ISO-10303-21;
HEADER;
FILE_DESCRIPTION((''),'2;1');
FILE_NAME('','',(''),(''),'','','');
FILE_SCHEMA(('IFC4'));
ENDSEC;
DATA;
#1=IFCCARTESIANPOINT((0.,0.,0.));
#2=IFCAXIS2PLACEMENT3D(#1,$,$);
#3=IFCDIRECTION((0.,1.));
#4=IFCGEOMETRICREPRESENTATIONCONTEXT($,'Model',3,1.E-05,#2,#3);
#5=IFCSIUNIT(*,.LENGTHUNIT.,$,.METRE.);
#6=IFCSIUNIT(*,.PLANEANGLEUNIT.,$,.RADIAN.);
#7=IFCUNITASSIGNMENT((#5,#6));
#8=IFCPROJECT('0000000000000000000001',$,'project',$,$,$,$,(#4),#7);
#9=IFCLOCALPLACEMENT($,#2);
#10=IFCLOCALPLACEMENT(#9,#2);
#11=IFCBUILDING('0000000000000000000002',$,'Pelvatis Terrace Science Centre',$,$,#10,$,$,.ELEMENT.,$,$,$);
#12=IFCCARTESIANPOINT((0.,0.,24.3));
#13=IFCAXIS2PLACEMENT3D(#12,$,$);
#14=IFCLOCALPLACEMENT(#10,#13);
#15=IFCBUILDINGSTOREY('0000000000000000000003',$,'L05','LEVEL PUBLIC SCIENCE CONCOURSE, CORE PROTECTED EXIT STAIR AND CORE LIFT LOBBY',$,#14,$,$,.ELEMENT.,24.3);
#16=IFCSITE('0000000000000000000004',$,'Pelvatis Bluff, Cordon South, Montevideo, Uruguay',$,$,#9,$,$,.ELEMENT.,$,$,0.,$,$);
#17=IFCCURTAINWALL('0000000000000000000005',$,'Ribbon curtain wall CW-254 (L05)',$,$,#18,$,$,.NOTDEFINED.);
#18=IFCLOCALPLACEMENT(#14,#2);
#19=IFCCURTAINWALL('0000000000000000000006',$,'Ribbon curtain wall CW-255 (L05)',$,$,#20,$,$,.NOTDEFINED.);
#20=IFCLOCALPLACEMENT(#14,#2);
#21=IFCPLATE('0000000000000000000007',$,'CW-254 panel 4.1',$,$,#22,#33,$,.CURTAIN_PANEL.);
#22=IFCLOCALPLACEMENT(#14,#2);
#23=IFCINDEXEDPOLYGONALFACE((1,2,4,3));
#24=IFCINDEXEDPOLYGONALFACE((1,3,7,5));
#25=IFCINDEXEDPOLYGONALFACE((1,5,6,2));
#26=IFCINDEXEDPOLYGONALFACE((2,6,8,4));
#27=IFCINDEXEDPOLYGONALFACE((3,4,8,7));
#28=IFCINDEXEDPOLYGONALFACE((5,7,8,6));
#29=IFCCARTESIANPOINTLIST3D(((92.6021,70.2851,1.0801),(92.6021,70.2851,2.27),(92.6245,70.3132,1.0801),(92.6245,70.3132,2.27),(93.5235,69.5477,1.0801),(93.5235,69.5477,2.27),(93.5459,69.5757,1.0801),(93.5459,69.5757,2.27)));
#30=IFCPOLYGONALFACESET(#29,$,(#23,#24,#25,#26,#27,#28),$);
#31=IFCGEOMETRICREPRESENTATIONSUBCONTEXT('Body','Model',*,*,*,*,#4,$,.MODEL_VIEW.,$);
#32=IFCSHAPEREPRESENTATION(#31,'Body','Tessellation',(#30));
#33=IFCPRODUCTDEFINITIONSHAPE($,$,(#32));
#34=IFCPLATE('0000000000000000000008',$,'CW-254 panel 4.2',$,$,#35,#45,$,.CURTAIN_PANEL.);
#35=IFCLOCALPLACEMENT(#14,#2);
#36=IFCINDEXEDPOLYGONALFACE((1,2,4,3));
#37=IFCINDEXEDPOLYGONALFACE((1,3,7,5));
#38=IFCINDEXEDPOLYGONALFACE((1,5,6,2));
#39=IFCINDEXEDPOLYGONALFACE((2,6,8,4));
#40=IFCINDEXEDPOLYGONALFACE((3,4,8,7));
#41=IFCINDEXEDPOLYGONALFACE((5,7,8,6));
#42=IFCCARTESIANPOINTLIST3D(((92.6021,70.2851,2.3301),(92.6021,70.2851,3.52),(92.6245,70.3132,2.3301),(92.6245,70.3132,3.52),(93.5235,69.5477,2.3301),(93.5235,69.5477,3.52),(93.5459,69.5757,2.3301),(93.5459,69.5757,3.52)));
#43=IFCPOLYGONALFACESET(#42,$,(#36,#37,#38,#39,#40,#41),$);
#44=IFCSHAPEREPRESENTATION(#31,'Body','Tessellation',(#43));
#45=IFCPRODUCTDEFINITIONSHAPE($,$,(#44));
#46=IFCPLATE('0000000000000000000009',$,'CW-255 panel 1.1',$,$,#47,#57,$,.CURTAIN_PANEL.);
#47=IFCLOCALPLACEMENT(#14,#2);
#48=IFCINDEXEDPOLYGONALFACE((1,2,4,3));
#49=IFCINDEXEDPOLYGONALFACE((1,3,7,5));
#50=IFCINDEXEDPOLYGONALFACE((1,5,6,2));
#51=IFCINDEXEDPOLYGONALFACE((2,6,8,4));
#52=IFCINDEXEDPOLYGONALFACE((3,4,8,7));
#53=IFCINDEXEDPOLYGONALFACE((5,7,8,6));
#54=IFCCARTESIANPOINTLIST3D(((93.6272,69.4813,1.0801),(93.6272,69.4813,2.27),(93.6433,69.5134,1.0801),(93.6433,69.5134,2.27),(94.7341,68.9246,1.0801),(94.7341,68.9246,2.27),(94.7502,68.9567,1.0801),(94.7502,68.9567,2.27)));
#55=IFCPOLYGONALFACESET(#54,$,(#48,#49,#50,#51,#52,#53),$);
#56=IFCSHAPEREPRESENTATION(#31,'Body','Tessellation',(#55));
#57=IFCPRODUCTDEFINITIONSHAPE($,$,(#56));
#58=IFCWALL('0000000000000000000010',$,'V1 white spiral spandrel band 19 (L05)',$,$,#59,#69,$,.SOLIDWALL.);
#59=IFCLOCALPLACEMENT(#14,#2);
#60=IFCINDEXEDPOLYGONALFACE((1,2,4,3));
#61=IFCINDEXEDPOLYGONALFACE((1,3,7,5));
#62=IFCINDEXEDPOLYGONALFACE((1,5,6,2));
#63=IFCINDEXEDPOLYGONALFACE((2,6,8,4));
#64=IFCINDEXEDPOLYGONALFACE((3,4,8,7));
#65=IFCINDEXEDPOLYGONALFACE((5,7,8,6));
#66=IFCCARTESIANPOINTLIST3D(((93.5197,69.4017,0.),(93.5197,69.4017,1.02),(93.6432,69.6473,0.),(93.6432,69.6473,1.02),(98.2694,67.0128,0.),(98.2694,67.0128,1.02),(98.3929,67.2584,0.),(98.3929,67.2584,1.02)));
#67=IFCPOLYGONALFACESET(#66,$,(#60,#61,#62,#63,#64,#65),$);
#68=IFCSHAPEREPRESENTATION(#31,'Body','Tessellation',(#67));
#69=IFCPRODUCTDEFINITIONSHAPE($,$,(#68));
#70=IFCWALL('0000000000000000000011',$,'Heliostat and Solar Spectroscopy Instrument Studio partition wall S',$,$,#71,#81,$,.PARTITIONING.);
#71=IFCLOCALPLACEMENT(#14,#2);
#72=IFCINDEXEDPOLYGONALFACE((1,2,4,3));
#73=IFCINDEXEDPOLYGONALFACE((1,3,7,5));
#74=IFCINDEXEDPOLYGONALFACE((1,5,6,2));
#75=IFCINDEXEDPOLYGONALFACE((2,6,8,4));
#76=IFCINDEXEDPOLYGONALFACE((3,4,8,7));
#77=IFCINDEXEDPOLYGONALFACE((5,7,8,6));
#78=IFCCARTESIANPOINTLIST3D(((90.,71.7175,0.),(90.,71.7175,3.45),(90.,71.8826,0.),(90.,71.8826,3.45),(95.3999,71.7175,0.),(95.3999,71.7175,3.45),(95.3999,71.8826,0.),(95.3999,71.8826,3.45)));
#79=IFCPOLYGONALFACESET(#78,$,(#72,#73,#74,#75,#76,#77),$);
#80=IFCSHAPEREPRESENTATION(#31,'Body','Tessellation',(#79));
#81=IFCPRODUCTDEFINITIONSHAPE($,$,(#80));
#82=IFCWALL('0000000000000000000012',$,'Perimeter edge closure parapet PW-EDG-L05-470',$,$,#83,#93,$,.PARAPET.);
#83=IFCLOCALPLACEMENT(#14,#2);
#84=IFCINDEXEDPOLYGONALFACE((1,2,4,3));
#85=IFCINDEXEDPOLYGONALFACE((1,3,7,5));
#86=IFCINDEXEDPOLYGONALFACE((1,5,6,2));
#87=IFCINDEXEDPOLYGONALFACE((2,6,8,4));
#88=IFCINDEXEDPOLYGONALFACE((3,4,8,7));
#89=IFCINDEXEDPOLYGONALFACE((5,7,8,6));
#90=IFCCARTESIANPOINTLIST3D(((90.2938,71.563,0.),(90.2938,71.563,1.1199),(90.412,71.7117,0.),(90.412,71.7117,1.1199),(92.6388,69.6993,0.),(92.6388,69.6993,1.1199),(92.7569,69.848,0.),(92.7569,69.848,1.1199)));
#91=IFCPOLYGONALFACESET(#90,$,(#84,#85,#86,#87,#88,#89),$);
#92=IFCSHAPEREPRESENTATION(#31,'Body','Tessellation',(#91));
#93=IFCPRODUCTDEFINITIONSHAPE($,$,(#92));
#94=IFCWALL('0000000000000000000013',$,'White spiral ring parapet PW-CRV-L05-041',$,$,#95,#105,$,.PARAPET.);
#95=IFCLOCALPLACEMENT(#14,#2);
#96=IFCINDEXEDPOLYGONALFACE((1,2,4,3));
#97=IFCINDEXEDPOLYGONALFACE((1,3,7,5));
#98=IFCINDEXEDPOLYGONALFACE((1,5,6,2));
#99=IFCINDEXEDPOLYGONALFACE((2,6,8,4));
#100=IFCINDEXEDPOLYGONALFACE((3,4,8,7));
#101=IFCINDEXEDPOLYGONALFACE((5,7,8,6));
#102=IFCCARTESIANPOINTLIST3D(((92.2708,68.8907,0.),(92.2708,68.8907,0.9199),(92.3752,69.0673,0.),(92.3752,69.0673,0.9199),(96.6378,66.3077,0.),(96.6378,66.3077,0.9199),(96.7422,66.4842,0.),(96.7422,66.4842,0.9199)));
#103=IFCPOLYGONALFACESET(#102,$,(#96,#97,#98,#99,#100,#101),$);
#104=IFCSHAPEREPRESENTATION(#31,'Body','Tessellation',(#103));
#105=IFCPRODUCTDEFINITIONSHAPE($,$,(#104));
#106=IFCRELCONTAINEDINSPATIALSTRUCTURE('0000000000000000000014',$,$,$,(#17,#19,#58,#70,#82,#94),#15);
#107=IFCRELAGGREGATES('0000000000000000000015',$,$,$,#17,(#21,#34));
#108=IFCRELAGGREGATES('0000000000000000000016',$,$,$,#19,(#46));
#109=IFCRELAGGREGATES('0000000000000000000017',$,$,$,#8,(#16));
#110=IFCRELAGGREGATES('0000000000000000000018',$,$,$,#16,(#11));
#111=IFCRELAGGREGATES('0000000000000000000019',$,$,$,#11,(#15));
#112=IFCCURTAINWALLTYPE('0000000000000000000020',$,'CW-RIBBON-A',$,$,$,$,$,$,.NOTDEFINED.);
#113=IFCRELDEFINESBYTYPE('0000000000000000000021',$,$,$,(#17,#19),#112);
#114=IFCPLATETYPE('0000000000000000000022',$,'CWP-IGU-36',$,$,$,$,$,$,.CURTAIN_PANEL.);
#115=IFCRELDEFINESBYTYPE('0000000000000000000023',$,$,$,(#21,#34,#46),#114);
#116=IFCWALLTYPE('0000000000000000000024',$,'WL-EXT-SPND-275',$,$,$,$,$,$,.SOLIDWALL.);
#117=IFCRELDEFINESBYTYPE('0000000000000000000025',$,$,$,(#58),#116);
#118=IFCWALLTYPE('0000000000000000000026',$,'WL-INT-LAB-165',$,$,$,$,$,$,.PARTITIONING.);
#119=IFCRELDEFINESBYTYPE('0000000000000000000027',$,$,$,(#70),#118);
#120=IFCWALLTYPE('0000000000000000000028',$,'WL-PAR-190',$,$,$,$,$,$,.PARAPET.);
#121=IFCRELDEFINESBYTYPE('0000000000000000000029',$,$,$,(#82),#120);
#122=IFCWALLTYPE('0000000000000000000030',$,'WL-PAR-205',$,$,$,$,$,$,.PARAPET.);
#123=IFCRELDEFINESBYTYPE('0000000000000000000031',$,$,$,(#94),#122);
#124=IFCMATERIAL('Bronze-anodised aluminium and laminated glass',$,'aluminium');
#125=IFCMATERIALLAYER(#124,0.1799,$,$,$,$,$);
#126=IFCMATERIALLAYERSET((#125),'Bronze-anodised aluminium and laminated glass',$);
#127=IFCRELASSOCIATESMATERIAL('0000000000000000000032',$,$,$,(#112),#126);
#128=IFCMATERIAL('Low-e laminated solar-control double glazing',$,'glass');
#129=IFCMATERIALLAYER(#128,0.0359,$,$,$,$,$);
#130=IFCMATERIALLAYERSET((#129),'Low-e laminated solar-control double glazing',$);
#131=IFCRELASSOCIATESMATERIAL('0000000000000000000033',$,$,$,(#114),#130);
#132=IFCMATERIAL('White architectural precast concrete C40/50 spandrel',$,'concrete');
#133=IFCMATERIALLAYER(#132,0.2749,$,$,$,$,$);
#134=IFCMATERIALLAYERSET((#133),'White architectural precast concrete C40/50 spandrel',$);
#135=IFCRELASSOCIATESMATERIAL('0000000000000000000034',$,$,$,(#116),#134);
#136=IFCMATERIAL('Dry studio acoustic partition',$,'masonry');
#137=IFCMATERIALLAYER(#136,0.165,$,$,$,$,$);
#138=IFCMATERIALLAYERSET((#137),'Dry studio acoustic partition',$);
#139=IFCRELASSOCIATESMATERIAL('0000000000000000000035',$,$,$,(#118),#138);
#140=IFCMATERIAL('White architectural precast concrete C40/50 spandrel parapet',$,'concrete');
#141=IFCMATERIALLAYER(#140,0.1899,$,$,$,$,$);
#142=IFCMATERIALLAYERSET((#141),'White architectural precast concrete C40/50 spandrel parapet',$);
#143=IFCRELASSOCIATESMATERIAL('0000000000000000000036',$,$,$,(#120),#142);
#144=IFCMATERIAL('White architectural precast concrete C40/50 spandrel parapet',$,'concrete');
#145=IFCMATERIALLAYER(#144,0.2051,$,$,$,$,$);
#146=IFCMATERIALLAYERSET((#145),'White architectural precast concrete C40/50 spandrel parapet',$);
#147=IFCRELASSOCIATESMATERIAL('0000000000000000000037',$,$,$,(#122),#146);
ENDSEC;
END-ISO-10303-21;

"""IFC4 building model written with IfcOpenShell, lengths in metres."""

from ifc_helpers import new_model, si_unit, direction, frame, frame_2d, origin, origin_2d, place, context, subcontext, project, spatial, rectangle, extrude, material, layer, layer_set, type_object, element, aggregate, save


model = new_model("IFC4")

# Units and contexts
model_context = context("Model", 3, precision=1e-05, world=origin(), true_north=direction((0.0, 1.0)))
body_context = subcontext(model_context, "Body", "Model", "MODEL_VIEW")
ifc_project = project(units=[si_unit("LENGTHUNIT", "METRE"), si_unit("PLANEANGLEUNIT", "RADIAN")], contexts=[model_context])

# Site, building, storey
site_placement = place(None, origin())
site = spatial("IfcSite", under=ifc_project, at=site_placement, Name="Pelvatis Bluff, Cordon South, Montevideo, Uruguay", CompositionType="ELEMENT", RefElevation=0.0)
building_placement = place(site_placement, origin())
building = spatial("IfcBuilding", under=site, at=building_placement, Name="Pelvatis Terrace Science Centre", CompositionType="ELEMENT")
storey_placement = place(building_placement, frame((0.0, 0.0, 24.3)))
storey = spatial("IfcBuildingStorey", under=building, at=storey_placement, Name="L05", Description="LEVEL PUBLIC SCIENCE CONCOURSE, CORE PROTECTED EXIT STAIR AND CORE LIFT LOBBY", CompositionType="ELEMENT", Elevation=24.3)

# Curtain wall
ifc_material_1 = material(Name="Bronze-anodised aluminium and laminated glass", Category="aluminium")
ifc_layer_1 = layer(ifc_material_1, 0.1799)
ifc_layer_set_1 = layer_set([ifc_layer_1], Name="Bronze-anodised aluminium and laminated glass")
curtain_wall_type = type_object("IfcCurtainWallType", Name="CW-RIBBON-A", PredefinedType="NOTDEFINED", material=ifc_layer_set_1)
curtain_wall_1_placement = place(storey_placement, origin())
curtain_wall_1 = element("IfcCurtainWall", 1, at=curtain_wall_1_placement, inside=storey, type_object=curtain_wall_type, Name="Ribbon curtain wall CW-254 (L05)", PredefinedType="NOTDEFINED")

# Curtain wall
curtain_wall_2_placement = place(storey_placement, origin())
curtain_wall_2 = element("IfcCurtainWall", 2, at=curtain_wall_2_placement, inside=storey, type_object=curtain_wall_type, Name="Ribbon curtain wall CW-255 (L05)", PredefinedType="NOTDEFINED")

# Plates
ifc_material_2 = material(Name="Low-e laminated solar-control double glazing", Category="glass")
ifc_layer_2 = layer(ifc_material_2, 0.0359)
ifc_layer_set_2 = layer_set([ifc_layer_2], Name="Low-e laminated solar-control double glazing")
plate_type = type_object("IfcPlateType", Name="CWP-IGU-36", PredefinedType="CURTAIN_PANEL", material=ifc_layer_set_2)
plate_1_placement = place(storey_placement, frame((93.074, 69.9304, 1.0801), z_axis=(0.0, 0.0, 1.0), x_axis=(0.780725, -0.624875, 0.0)))
plate_1 = element("IfcPlate", 3, at=plate_1_placement, type_object=plate_type, Name="CW-254 panel 4.1", PredefinedType="CURTAIN_PANEL", context=body_context, shape_type="SweptSolid", body=[
    extrude(rectangle(XDim=1.1802, YDim=0.0359, at=origin_2d()), origin(), (0.0, 0.0, 1.0), 1.1899),
])
plate_2_placement = place(storey_placement, frame((93.074, 69.9304, 2.3301), z_axis=(0.0, 0.0, 1.0), x_axis=(0.780725, -0.624875, 0.0)))
plate_2 = element("IfcPlate", 4, at=plate_2_placement, type_object=plate_type, Name="CW-254 panel 4.2", PredefinedType="CURTAIN_PANEL", context=body_context, shape_type="SweptSolid", body=[
    extrude(rectangle(XDim=1.1802, YDim=0.0359, at=origin_2d()), origin(), (0.0, 0.0, 1.0), 1.1899),
])
aggregate(curtain_wall_1, [plate_1, plate_2])
plate_3_placement = place(storey_placement, frame((94.1887, 69.219, 1.0801), z_axis=(0.0, 0.0, 1.0), x_axis=(0.893379, -0.449304, 0.0)))
plate_3 = element("IfcPlate", 5, at=plate_3_placement, type_object=plate_type, Name="CW-255 panel 1.1", PredefinedType="CURTAIN_PANEL", context=body_context, shape_type="SweptSolid", body=[
    extrude(rectangle(XDim=1.239, YDim=0.0359, at=origin_2d()), origin(), (0.0, 0.0, 1.0), 1.1899),
])
aggregate(curtain_wall_2, [plate_3])

# Walls
ifc_material_3 = material(Name="White architectural precast concrete C40/50 spandrel", Category="concrete")
ifc_layer_3 = layer(ifc_material_3, 0.2749)
ifc_layer_set_3 = layer_set([ifc_layer_3], Name="White architectural precast concrete C40/50 spandrel")
wall_type_1 = type_object("IfcWallType", Name="WL-EXT-SPND-275", PredefinedType="SOLIDWALL", material=ifc_layer_set_3)
wall_1_placement = place(storey_placement, frame((93.5815, 69.5244, 0.0), z_axis=(0.0, 0.0, 1.0), x_axis=(0.893369, -0.449325, 0.0)))
element("IfcWall", 6, at=wall_1_placement, inside=storey, type_object=wall_type_1, Name="V1 white spiral spandrel band 19 (L05)", PredefinedType="SOLIDWALL", context=body_context, shape_type="SweptSolid", body=[
    extrude(rectangle(XDim=5.3167, YDim=0.2749, at=frame_2d((2.6582, 0.0))), origin(), (0.0, 0.0, 1.0), 1.02),
])
ifc_material_4 = material(Name="Dry studio acoustic partition", Category="masonry")
ifc_layer_4 = layer(ifc_material_4, 0.165)
ifc_layer_set_4 = layer_set([ifc_layer_4], Name="Dry studio acoustic partition")
wall_type_2 = type_object("IfcWallType", Name="WL-INT-LAB-165", PredefinedType="PARTITIONING", material=ifc_layer_set_4)
wall_2_placement = place(storey_placement, frame((90.0, 71.8, 0.0), z_axis=(0.0, 0.0, 1.0), x_axis=(1.0, 0.0, 0.0)))
element("IfcWall", 7, at=wall_2_placement, inside=storey, type_object=wall_type_2, Name="Heliostat and Solar Spectroscopy Instrument Studio partition wall S", PredefinedType="PARTITIONING", context=body_context, shape_type="SweptSolid", body=[
    extrude(rectangle(XDim=5.3999, YDim=0.165, at=frame_2d((2.7, 0.0))), origin(), (0.0, 0.0, 1.0), 3.45),
])
ifc_material_5 = material(Name="White architectural precast concrete C40/50 spandrel parapet", Category="concrete")
ifc_layer_5 = layer(ifc_material_5, 0.1899)
ifc_layer_set_5 = layer_set([ifc_layer_5], Name="White architectural precast concrete C40/50 spandrel parapet")
wall_type_3 = type_object("IfcWallType", Name="WL-PAR-190", PredefinedType="PARAPET", material=ifc_layer_set_5)
wall_3_placement = place(storey_placement, frame((92.6978, 69.7737, 0.0), z_axis=(0.0, 0.0, 1.0), x_axis=(-0.782853, 0.622207, 0.0)))
element("IfcWall", 8, at=wall_3_placement, inside=storey, type_object=wall_type_3, Name="Perimeter edge closure parapet PW-EDG-L05-470", PredefinedType="PARAPET", context=body_context, shape_type="SweptSolid", body=[
    extrude(rectangle(XDim=2.9954, YDim=0.1899, at=frame_2d((1.4976, 0.0))), origin(), (0.0, 0.0, 1.0), 1.1199),
])
ifc_material_6 = material(Name="White architectural precast concrete C40/50 spandrel parapet", Category="concrete")
ifc_layer_6 = layer(ifc_material_6, 0.2051)
ifc_layer_set_6 = layer_set([ifc_layer_6], Name="White architectural precast concrete C40/50 spandrel parapet")
wall_type_4 = type_object("IfcWallType", Name="WL-PAR-205", PredefinedType="PARAPET", material=ifc_layer_set_6)
wall_4_placement = place(storey_placement, frame((92.323, 68.979, 0.0), z_axis=(0.0, 0.0, 1.0), x_axis=(0.860707, -0.509101, 0.0)))
element("IfcWall", 9, at=wall_4_placement, inside=storey, type_object=wall_type_4, Name="White spiral ring parapet PW-CRV-L05-041", PredefinedType="PARAPET", context=body_context, shape_type="SweptSolid", body=[
    extrude(rectangle(XDim=5.0737, YDim=0.2051, at=frame_2d((2.5369, 0.0))), origin(), (0.0, 0.0, 1.0), 0.9199),
])

save(model, "model.ifc")
